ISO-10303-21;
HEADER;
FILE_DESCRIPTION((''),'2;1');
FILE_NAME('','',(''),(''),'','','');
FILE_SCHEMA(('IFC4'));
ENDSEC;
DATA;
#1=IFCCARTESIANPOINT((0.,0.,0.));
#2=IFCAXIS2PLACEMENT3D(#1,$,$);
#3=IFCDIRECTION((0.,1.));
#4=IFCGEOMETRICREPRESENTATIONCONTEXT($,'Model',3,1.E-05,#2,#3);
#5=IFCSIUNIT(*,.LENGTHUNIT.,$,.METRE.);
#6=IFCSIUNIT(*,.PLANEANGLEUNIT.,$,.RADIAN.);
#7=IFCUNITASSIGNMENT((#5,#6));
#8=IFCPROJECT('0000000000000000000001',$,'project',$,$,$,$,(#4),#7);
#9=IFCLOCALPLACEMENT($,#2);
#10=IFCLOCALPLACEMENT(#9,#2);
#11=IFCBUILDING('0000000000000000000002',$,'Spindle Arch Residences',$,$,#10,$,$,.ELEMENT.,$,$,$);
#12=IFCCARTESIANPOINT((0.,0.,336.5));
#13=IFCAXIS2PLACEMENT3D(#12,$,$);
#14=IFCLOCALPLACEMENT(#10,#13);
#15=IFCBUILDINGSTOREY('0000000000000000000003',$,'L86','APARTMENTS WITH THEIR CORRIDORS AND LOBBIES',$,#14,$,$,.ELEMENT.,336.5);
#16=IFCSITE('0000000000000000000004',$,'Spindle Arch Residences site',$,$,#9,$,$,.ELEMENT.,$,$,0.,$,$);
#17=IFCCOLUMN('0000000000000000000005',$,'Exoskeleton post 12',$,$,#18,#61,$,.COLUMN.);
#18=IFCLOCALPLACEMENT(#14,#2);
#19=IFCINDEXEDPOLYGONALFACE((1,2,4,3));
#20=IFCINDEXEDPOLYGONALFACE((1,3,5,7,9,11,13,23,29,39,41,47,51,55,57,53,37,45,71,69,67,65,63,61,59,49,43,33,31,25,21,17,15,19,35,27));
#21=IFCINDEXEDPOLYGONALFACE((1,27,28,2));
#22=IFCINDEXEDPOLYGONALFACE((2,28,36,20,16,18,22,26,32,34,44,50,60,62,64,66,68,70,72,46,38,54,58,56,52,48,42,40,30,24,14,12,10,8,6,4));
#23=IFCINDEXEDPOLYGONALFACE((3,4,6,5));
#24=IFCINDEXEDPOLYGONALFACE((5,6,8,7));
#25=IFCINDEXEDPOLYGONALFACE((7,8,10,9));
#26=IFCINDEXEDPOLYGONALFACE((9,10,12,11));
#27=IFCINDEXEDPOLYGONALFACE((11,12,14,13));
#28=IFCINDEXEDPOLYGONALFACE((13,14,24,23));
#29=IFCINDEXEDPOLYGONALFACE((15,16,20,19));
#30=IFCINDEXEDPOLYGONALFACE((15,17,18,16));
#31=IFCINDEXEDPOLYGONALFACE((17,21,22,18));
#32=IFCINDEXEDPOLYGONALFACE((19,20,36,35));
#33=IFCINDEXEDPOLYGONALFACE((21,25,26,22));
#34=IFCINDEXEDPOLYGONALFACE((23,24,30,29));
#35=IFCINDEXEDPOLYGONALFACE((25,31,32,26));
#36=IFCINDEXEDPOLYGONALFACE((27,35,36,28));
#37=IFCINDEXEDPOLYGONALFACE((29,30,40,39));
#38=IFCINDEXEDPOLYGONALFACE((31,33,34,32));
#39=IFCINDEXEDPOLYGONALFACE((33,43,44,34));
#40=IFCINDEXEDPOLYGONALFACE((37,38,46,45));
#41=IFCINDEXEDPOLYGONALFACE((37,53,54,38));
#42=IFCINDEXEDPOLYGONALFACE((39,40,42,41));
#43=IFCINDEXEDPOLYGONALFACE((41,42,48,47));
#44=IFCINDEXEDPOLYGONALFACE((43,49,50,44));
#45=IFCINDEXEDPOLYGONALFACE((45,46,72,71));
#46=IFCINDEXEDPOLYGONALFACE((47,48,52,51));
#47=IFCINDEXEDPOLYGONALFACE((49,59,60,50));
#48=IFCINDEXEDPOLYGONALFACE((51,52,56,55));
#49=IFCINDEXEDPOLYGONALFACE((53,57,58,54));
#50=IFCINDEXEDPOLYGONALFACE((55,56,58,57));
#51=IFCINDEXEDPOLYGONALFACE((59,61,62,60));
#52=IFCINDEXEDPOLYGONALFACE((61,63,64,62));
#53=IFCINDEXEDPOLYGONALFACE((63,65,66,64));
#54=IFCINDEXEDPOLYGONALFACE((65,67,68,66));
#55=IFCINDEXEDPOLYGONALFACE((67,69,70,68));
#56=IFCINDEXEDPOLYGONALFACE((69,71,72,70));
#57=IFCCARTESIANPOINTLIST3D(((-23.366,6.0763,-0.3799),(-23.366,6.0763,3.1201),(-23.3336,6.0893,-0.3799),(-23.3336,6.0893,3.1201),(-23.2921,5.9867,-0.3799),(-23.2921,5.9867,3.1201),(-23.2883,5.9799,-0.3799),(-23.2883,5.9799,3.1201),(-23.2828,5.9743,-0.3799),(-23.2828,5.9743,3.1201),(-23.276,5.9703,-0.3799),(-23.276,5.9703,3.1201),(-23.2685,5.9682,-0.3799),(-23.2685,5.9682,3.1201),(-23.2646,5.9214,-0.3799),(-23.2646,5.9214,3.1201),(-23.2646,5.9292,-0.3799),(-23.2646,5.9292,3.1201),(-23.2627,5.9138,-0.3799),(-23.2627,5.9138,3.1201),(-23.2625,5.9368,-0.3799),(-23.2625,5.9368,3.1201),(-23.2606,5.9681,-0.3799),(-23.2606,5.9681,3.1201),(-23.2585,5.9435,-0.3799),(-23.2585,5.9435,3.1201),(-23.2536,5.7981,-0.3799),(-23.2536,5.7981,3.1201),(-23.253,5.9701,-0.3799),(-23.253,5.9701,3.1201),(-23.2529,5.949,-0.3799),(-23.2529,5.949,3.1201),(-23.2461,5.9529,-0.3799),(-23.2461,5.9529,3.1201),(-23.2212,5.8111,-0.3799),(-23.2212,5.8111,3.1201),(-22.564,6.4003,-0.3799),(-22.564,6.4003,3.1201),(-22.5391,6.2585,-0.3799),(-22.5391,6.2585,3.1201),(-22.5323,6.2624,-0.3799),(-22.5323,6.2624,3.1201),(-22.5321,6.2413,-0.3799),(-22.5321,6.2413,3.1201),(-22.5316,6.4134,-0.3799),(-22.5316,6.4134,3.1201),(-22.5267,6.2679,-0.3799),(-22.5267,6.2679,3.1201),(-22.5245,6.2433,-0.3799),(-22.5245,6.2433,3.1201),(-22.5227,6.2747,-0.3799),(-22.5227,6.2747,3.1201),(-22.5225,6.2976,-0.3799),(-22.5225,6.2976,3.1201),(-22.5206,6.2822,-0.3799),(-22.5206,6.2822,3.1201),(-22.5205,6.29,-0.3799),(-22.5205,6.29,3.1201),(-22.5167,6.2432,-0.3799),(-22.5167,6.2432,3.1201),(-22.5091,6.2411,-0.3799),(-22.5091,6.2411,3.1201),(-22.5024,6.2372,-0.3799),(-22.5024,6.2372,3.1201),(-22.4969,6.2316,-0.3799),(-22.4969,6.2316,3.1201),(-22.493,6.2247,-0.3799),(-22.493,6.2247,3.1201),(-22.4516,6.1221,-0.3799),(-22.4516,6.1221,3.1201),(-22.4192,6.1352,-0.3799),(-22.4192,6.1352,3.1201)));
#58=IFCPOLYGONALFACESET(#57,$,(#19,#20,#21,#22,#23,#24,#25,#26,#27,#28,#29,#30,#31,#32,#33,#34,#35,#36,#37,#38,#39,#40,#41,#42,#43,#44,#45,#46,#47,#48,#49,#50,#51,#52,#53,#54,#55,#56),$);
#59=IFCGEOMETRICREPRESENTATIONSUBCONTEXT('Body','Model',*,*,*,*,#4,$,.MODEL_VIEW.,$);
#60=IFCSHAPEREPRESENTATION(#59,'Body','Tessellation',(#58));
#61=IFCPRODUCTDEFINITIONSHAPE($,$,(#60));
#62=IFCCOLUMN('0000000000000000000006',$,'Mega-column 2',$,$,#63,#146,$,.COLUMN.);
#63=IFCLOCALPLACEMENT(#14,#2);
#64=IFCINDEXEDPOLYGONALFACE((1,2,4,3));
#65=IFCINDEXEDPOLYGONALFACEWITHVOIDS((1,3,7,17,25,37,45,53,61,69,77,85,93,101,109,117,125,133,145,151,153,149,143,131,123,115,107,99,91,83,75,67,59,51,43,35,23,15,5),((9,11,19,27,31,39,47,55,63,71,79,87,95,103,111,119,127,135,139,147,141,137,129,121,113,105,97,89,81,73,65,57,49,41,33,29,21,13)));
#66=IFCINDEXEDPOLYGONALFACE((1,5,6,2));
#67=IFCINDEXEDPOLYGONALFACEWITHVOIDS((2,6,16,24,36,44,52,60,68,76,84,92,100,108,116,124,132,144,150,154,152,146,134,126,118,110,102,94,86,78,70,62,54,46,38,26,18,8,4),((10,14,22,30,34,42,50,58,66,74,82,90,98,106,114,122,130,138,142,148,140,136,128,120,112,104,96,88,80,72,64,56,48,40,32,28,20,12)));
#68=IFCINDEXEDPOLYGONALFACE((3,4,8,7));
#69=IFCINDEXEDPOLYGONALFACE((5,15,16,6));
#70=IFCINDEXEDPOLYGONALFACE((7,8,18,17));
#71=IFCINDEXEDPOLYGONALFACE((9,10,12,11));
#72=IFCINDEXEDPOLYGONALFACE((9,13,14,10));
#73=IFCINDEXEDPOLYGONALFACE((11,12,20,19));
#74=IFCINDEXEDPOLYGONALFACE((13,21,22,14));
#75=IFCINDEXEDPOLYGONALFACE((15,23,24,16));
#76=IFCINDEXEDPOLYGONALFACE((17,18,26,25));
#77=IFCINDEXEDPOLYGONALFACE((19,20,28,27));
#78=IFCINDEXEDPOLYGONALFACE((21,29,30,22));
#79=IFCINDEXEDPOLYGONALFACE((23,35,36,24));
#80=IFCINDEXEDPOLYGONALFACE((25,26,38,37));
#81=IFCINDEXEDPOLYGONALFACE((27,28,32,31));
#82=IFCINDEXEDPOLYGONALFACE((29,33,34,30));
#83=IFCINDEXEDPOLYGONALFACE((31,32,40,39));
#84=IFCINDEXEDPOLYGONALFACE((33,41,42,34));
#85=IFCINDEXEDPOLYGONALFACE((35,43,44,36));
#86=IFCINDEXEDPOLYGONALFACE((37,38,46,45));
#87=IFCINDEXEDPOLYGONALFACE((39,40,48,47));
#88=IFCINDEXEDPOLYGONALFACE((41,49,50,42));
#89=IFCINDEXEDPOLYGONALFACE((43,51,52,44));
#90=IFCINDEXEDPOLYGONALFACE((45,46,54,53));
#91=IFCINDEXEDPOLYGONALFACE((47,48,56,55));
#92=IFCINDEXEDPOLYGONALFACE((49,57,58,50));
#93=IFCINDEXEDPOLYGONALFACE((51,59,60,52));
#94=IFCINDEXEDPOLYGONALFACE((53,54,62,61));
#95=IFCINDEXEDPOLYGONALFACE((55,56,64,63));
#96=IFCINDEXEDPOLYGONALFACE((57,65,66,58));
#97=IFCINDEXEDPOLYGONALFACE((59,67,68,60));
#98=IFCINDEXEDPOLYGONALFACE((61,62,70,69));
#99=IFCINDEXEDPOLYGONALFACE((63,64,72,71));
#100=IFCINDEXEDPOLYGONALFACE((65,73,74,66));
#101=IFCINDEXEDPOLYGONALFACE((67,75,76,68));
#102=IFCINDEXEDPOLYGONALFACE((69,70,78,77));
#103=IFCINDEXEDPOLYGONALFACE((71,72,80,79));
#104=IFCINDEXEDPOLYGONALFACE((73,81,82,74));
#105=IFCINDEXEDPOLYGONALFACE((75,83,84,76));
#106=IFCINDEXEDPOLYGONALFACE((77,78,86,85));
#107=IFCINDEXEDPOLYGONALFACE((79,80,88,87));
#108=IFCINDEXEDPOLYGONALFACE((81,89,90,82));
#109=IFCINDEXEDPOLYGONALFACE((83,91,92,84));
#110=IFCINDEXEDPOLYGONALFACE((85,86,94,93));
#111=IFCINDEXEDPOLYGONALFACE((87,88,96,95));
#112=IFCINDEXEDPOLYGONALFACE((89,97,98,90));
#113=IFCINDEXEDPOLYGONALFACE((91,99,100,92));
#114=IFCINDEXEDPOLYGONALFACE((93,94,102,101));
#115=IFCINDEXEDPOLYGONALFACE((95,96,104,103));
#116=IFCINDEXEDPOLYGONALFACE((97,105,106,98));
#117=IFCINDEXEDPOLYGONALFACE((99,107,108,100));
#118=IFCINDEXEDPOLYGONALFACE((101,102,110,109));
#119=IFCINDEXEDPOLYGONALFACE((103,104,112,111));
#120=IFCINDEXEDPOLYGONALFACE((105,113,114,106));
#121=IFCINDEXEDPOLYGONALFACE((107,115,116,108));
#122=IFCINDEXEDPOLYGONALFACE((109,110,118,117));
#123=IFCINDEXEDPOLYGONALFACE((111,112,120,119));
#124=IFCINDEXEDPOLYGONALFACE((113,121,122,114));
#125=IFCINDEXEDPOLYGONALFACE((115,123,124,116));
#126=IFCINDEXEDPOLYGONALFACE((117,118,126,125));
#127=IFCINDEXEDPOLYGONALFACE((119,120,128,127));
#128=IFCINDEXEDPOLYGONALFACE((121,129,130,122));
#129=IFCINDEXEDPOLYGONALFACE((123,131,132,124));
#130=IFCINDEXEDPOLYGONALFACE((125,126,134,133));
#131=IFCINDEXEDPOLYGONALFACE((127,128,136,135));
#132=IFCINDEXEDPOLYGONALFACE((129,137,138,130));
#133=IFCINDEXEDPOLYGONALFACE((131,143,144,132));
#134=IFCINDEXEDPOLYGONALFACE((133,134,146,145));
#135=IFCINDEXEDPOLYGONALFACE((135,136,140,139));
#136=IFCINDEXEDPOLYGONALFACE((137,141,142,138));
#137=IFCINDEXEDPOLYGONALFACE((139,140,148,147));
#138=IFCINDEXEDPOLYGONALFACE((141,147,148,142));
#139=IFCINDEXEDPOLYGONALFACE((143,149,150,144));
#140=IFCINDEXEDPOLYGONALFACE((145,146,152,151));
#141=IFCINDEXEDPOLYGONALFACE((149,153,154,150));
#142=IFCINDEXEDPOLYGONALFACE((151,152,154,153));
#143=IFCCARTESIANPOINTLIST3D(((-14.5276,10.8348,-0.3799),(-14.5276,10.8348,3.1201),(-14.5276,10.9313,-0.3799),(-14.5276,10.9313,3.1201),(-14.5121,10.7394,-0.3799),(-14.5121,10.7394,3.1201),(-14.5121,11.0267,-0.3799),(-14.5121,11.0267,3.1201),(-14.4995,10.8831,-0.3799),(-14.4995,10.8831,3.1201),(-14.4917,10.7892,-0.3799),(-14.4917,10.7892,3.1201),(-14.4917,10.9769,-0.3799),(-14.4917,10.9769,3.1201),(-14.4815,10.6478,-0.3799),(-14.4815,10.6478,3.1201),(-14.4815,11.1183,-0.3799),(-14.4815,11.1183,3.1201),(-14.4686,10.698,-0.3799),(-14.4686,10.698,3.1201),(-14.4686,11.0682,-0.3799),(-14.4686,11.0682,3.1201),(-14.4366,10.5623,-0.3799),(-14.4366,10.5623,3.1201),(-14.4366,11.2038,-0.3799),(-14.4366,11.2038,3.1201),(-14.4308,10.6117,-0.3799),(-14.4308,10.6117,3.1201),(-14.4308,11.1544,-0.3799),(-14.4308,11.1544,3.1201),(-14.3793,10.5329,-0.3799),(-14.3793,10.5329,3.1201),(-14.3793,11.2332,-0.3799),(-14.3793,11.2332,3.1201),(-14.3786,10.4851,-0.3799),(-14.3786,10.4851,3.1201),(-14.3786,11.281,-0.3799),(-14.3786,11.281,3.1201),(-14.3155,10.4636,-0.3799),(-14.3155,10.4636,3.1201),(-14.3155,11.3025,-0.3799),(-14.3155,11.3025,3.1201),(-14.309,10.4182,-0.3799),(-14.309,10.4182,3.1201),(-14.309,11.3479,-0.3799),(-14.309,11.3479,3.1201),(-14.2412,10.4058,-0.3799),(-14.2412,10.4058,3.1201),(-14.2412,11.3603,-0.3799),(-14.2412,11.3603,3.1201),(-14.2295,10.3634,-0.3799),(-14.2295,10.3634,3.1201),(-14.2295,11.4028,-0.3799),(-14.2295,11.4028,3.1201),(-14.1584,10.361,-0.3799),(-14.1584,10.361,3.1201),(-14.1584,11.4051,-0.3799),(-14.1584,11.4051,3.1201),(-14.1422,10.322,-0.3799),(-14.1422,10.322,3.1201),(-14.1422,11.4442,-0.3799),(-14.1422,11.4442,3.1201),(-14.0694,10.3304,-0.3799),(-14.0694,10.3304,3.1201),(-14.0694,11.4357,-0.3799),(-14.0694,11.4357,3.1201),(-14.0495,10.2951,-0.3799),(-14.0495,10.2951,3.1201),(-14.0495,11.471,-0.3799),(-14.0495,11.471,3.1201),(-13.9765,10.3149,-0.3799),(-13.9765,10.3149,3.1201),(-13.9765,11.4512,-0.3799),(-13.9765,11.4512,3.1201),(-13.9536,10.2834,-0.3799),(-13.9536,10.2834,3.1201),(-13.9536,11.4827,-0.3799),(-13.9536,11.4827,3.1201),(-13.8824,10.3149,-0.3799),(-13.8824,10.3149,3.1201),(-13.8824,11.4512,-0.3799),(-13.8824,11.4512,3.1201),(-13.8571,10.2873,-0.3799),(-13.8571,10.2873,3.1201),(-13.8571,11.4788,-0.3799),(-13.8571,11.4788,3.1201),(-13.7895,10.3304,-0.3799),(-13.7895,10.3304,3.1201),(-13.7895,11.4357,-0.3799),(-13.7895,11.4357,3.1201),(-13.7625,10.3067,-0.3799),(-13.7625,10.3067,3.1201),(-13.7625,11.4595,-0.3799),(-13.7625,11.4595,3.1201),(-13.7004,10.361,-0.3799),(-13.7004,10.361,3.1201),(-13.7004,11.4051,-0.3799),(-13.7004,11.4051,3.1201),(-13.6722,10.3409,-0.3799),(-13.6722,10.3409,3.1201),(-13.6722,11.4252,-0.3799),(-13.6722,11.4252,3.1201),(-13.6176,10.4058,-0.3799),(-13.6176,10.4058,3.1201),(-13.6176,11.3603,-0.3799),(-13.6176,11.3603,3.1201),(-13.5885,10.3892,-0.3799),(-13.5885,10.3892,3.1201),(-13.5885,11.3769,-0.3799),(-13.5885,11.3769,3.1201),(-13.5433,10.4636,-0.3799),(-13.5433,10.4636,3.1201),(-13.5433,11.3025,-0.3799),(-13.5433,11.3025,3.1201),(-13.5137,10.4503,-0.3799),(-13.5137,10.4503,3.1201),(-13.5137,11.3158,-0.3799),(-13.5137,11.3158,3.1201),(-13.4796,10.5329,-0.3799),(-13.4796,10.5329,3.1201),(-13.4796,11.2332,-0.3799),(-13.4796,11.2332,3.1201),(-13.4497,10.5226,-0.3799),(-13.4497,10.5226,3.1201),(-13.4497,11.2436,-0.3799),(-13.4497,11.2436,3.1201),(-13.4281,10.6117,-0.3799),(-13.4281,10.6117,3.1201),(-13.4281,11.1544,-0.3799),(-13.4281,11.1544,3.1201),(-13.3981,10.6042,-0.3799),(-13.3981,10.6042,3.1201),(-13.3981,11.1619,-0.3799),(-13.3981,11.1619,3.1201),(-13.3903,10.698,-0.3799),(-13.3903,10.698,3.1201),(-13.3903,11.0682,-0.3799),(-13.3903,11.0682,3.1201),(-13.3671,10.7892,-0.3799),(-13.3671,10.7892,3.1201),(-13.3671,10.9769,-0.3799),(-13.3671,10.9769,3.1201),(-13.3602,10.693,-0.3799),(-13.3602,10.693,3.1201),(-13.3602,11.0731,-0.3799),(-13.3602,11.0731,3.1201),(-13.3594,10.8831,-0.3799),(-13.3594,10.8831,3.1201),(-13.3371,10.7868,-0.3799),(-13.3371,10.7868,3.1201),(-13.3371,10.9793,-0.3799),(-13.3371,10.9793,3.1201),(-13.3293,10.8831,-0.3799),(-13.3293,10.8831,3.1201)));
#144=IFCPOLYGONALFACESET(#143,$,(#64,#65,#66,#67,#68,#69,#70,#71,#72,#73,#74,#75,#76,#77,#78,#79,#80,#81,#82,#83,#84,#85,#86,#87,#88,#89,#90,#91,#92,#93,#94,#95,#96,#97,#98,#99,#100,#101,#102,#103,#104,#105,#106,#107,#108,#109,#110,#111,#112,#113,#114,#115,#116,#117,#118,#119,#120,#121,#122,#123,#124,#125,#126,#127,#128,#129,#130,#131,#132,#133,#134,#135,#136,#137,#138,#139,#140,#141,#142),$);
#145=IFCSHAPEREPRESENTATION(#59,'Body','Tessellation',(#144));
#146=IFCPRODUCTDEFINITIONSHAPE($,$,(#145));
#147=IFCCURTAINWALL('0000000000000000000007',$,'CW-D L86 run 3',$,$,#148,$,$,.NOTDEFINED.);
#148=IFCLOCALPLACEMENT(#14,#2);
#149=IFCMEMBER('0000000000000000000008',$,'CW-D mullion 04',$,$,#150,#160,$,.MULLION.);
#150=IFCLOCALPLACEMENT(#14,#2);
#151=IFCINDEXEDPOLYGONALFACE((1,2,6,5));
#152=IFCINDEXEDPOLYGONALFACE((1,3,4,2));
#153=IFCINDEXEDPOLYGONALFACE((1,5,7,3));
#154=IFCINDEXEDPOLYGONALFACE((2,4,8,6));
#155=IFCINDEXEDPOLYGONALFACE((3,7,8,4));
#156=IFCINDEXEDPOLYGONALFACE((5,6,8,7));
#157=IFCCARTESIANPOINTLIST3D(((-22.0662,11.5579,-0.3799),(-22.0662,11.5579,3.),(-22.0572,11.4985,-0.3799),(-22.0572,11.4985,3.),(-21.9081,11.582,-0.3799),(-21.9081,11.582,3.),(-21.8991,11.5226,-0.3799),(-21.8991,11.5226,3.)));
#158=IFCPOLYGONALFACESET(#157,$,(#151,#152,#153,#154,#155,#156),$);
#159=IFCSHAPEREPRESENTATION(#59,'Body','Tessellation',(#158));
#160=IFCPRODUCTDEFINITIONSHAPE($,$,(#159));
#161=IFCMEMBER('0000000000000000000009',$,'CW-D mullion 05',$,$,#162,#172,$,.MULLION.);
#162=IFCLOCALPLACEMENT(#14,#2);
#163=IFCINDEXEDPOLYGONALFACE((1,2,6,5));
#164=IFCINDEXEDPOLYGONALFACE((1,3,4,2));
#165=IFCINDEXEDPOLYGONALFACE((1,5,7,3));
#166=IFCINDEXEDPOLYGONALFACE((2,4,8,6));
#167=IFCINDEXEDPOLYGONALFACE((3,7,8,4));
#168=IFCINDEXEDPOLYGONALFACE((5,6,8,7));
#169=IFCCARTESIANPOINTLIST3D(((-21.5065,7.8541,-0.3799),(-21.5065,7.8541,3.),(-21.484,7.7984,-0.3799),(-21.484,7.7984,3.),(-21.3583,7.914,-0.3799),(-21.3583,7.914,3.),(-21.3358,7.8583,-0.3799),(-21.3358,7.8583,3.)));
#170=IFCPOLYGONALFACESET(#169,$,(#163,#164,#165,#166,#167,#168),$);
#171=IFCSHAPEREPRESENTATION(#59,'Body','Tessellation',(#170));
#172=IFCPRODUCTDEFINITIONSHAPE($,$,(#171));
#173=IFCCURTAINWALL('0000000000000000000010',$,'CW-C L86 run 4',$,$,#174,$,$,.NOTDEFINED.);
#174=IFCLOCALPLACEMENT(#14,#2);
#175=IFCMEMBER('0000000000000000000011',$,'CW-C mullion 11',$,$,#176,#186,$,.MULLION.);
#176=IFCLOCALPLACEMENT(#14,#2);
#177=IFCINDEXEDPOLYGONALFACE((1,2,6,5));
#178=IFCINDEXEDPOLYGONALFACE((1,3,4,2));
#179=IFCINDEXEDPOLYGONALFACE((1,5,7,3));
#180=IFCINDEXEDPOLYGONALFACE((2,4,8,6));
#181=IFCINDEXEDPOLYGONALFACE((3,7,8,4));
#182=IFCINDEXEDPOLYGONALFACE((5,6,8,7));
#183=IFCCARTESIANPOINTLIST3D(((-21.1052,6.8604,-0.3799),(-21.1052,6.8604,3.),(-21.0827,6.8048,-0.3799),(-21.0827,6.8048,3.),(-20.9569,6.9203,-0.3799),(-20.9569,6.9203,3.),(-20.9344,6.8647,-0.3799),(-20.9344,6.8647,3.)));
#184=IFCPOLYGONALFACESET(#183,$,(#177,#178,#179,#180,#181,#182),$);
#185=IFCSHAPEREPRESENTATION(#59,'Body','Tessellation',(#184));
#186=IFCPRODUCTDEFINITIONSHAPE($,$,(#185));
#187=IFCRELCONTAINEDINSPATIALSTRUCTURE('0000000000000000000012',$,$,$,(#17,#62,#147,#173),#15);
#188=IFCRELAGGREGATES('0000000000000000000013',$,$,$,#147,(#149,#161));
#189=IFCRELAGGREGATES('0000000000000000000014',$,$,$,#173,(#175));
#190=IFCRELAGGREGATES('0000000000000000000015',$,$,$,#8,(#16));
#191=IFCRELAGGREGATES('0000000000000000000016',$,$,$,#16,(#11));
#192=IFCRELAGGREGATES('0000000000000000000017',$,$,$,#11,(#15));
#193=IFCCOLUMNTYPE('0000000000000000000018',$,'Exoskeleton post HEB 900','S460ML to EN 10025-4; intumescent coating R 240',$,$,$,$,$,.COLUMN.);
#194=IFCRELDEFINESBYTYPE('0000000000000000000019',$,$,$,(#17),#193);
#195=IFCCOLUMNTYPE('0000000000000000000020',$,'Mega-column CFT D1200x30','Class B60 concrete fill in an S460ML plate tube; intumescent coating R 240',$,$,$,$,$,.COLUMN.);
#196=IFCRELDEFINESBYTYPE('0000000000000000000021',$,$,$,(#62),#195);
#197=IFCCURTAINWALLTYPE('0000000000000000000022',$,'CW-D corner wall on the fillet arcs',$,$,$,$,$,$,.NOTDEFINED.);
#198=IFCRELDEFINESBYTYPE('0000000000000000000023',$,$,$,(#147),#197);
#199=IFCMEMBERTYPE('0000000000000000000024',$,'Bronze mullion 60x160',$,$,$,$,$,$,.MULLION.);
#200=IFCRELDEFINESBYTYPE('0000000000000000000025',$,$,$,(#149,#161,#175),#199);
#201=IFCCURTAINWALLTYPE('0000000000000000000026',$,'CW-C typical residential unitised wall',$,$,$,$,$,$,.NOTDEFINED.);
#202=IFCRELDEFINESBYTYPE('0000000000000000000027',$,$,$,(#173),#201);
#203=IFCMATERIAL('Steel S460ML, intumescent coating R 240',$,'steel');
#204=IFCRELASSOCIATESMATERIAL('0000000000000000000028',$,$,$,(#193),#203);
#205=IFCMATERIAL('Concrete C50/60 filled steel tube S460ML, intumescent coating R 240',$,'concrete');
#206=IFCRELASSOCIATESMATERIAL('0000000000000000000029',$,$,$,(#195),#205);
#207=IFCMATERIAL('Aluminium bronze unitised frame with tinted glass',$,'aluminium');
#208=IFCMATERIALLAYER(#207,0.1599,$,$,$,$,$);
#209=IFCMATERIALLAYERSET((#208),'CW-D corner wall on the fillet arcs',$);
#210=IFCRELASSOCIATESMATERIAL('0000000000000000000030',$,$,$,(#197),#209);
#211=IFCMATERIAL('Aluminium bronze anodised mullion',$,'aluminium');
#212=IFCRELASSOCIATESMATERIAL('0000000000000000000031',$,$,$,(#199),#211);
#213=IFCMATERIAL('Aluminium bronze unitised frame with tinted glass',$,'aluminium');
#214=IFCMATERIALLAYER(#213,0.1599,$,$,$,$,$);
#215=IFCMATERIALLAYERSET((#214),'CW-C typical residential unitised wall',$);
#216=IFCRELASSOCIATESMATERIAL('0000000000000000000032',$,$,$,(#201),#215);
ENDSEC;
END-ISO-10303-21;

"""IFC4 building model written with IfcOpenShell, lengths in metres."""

from ifc_helpers import new_model, si_unit, direction, frame, origin, origin_2d, place, context, subcontext, project, spatial, rectangle, hollow_circle, i_section, extrude, material, layer, layer_set, material_profile, profile_set, type_object, element, aggregate, save


model = new_model("IFC4")

# Units and contexts
model_context = context("Model", 3, precision=1e-05, world=origin(), true_north=direction((0.0, 1.0)))
body_context = subcontext(model_context, "Body", "Model", "MODEL_VIEW")
ifc_project = project(units=[si_unit("LENGTHUNIT", "METRE"), si_unit("PLANEANGLEUNIT", "RADIAN")], contexts=[model_context])

# Site, building, storey
site_placement = place(None, origin())
site = spatial("IfcSite", under=ifc_project, at=site_placement, Name="Spindle Arch Residences site", CompositionType="ELEMENT", RefElevation=0.0)
building_placement = place(site_placement, origin())
building = spatial("IfcBuilding", under=site, at=building_placement, Name="Spindle Arch Residences", CompositionType="ELEMENT")
storey_placement = place(building_placement, frame((0.0, 0.0, 336.5)))
storey = spatial("IfcBuildingStorey", under=building, at=storey_placement, Name="L86", Description="APARTMENTS WITH THEIR CORRIDORS AND LOBBIES", CompositionType="ELEMENT", Elevation=336.5)

# Columns
ifc_material_1 = material(Name="Steel S460ML, intumescent coating R 240", Category="steel")
ifc_material_profile_1 = material_profile(ifc_material_1, i_section(OverallWidth=0.3, OverallDepth=0.8999, WebThickness=0.0186, FlangeThickness=0.0349, FilletRadius=0.03, at=origin_2d()), Name="HEB 900")
ifc_profile_set_1 = profile_set([ifc_material_profile_1], Name="Steel S460ML, intumescent coating R 240")
column_type_1 = type_object("IfcColumnType", Name="Exoskeleton post HEB 900", Description="S460ML to EN 10025-4; intumescent coating R 240", PredefinedType="COLUMN", material=ifc_profile_set_1)
column_1_placement = place(storey_placement, frame((-22.8926, 6.1057, -0.3799), z_axis=(0.0, 0.0, 1.0), x_axis=(-0.374607, 0.927184, 0.0)))
element("IfcColumn", 1, at=column_1_placement, inside=storey, type_object=column_type_1, Name="Exoskeleton post 12", PredefinedType="COLUMN", context=body_context, shape_type="SweptSolid", body=[
    extrude(i_section(OverallWidth=0.3, OverallDepth=0.8999, WebThickness=0.0186, FlangeThickness=0.0349, FilletRadius=0.03, at=origin_2d()), origin(), (0.0, 0.0, 1.0), 3.5),
])
ifc_material_2 = material(Name="Concrete C50/60 filled steel tube S460ML, intumescent coating R 240", Category="concrete")
ifc_material_profile_2 = material_profile(ifc_material_2, hollow_circle(Radius=0.6001, WallThickness=0.03, at=origin_2d()), Name="CFT D1200x30")
ifc_profile_set_2 = profile_set([ifc_material_profile_2], Name="Concrete C50/60 filled steel tube S460ML, intumescent coating R 240")
column_type_2 = type_object("IfcColumnType", Name="Mega-column CFT D1200x30", Description="Class B60 concrete fill in an S460ML plate tube; intumescent coating R 240", PredefinedType="COLUMN", material=ifc_profile_set_2)
column_2_placement = place(storey_placement, frame((-13.9294, 10.8831, -0.3799), z_axis=(0.0, 0.0, 1.0), x_axis=(1.0, 0.0, 0.0)))
element("IfcColumn", 2, at=column_2_placement, inside=storey, type_object=column_type_2, Name="Mega-column 2", PredefinedType="COLUMN", context=body_context, shape_type="SweptSolid", body=[
    extrude(hollow_circle(Radius=0.6001, WallThickness=0.03, at=origin_2d()), origin(), (0.0, 0.0, 1.0), 3.5),
])

# Curtain wall, members
ifc_material_3 = material(Name="Aluminium bronze unitised frame with tinted glass", Category="aluminium")
ifc_layer_1 = layer(ifc_material_3, 0.1599)
ifc_layer_set_1 = layer_set([ifc_layer_1], Name="CW-D corner wall on the fillet arcs")
curtain_wall_type_1 = type_object("IfcCurtainWallType", Name="CW-D corner wall on the fillet arcs", PredefinedType="NOTDEFINED", material=ifc_layer_set_1)
curtain_wall_1_placement = place(storey_placement, origin())
curtain_wall_1 = element("IfcCurtainWall", 3, at=curtain_wall_1_placement, inside=storey, type_object=curtain_wall_type_1, Name="CW-D L86 run 3", PredefinedType="NOTDEFINED")
ifc_material_4 = material(Name="Aluminium bronze anodised mullion", Category="aluminium")
ifc_material_profile_3 = material_profile(ifc_material_4, rectangle(XDim=0.1599, YDim=0.0601, at=origin_2d()), Name="MU 60x160")
ifc_profile_set_3 = profile_set([ifc_material_profile_3], Name="Aluminium bronze anodised mullion")
member_type_1 = type_object("IfcMemberType", Name="Bronze mullion 60x160", PredefinedType="MULLION", material=ifc_profile_set_3)
member_1_placement = place(storey_placement, frame((-21.9827, 11.5403, -0.3799), z_axis=(0.0, 0.0, 1.0), x_axis=(0.988582, 0.150686, 0.0)))
member_1 = element("IfcMember", 4, at=member_1_placement, type_object=member_type_1, Name="CW-D mullion 04", PredefinedType="MULLION", context=body_context, shape_type="SweptSolid", body=[
    extrude(rectangle(XDim=0.1599, YDim=0.0601, at=origin_2d()), origin(), (0.0, 0.0, 1.0), 3.3799),
])
member_2_placement = place(storey_placement, frame((-21.4211, 7.8562, -0.3799), z_axis=(0.0, 0.0, 1.0), x_axis=(0.927184, 0.374607, 0.0)))
member_2 = element("IfcMember", 5, at=member_2_placement, type_object=member_type_1, Name="CW-D mullion 05", PredefinedType="MULLION", context=body_context, shape_type="SweptSolid", body=[
    extrude(rectangle(XDim=0.1599, YDim=0.0601, at=origin_2d()), origin(), (0.0, 0.0, 1.0), 3.3799),
])

# Curtain wall, member
ifc_material_5 = material(Name="Aluminium bronze unitised frame with tinted glass", Category="aluminium")
ifc_layer_2 = layer(ifc_material_5, 0.1599)
ifc_layer_set_2 = layer_set([ifc_layer_2], Name="CW-C typical residential unitised wall")
curtain_wall_type_2 = type_object("IfcCurtainWallType", Name="CW-C typical residential unitised wall", PredefinedType="NOTDEFINED", material=ifc_layer_set_2)
curtain_wall_2_placement = place(storey_placement, origin())
curtain_wall_2 = element("IfcCurtainWall", 6, at=curtain_wall_2_placement, inside=storey, type_object=curtain_wall_type_2, Name="CW-C L86 run 4", PredefinedType="NOTDEFINED")
member_3_placement = place(storey_placement, frame((-21.0198, 6.8625, -0.3799), z_axis=(0.0, 0.0, 1.0), x_axis=(0.927184, 0.374607, 0.0)))
member_3 = element("IfcMember", 7, at=member_3_placement, type_object=member_type_1, Name="CW-C mullion 11", PredefinedType="MULLION", context=body_context, shape_type="SweptSolid", body=[
    extrude(rectangle(XDim=0.1599, YDim=0.0601, at=origin_2d()), origin(), (0.0, 0.0, 1.0), 3.3799),
])

aggregate(curtain_wall_1, [member_1, member_2])
aggregate(curtain_wall_2, [member_3])

save(model, "model.ifc")
